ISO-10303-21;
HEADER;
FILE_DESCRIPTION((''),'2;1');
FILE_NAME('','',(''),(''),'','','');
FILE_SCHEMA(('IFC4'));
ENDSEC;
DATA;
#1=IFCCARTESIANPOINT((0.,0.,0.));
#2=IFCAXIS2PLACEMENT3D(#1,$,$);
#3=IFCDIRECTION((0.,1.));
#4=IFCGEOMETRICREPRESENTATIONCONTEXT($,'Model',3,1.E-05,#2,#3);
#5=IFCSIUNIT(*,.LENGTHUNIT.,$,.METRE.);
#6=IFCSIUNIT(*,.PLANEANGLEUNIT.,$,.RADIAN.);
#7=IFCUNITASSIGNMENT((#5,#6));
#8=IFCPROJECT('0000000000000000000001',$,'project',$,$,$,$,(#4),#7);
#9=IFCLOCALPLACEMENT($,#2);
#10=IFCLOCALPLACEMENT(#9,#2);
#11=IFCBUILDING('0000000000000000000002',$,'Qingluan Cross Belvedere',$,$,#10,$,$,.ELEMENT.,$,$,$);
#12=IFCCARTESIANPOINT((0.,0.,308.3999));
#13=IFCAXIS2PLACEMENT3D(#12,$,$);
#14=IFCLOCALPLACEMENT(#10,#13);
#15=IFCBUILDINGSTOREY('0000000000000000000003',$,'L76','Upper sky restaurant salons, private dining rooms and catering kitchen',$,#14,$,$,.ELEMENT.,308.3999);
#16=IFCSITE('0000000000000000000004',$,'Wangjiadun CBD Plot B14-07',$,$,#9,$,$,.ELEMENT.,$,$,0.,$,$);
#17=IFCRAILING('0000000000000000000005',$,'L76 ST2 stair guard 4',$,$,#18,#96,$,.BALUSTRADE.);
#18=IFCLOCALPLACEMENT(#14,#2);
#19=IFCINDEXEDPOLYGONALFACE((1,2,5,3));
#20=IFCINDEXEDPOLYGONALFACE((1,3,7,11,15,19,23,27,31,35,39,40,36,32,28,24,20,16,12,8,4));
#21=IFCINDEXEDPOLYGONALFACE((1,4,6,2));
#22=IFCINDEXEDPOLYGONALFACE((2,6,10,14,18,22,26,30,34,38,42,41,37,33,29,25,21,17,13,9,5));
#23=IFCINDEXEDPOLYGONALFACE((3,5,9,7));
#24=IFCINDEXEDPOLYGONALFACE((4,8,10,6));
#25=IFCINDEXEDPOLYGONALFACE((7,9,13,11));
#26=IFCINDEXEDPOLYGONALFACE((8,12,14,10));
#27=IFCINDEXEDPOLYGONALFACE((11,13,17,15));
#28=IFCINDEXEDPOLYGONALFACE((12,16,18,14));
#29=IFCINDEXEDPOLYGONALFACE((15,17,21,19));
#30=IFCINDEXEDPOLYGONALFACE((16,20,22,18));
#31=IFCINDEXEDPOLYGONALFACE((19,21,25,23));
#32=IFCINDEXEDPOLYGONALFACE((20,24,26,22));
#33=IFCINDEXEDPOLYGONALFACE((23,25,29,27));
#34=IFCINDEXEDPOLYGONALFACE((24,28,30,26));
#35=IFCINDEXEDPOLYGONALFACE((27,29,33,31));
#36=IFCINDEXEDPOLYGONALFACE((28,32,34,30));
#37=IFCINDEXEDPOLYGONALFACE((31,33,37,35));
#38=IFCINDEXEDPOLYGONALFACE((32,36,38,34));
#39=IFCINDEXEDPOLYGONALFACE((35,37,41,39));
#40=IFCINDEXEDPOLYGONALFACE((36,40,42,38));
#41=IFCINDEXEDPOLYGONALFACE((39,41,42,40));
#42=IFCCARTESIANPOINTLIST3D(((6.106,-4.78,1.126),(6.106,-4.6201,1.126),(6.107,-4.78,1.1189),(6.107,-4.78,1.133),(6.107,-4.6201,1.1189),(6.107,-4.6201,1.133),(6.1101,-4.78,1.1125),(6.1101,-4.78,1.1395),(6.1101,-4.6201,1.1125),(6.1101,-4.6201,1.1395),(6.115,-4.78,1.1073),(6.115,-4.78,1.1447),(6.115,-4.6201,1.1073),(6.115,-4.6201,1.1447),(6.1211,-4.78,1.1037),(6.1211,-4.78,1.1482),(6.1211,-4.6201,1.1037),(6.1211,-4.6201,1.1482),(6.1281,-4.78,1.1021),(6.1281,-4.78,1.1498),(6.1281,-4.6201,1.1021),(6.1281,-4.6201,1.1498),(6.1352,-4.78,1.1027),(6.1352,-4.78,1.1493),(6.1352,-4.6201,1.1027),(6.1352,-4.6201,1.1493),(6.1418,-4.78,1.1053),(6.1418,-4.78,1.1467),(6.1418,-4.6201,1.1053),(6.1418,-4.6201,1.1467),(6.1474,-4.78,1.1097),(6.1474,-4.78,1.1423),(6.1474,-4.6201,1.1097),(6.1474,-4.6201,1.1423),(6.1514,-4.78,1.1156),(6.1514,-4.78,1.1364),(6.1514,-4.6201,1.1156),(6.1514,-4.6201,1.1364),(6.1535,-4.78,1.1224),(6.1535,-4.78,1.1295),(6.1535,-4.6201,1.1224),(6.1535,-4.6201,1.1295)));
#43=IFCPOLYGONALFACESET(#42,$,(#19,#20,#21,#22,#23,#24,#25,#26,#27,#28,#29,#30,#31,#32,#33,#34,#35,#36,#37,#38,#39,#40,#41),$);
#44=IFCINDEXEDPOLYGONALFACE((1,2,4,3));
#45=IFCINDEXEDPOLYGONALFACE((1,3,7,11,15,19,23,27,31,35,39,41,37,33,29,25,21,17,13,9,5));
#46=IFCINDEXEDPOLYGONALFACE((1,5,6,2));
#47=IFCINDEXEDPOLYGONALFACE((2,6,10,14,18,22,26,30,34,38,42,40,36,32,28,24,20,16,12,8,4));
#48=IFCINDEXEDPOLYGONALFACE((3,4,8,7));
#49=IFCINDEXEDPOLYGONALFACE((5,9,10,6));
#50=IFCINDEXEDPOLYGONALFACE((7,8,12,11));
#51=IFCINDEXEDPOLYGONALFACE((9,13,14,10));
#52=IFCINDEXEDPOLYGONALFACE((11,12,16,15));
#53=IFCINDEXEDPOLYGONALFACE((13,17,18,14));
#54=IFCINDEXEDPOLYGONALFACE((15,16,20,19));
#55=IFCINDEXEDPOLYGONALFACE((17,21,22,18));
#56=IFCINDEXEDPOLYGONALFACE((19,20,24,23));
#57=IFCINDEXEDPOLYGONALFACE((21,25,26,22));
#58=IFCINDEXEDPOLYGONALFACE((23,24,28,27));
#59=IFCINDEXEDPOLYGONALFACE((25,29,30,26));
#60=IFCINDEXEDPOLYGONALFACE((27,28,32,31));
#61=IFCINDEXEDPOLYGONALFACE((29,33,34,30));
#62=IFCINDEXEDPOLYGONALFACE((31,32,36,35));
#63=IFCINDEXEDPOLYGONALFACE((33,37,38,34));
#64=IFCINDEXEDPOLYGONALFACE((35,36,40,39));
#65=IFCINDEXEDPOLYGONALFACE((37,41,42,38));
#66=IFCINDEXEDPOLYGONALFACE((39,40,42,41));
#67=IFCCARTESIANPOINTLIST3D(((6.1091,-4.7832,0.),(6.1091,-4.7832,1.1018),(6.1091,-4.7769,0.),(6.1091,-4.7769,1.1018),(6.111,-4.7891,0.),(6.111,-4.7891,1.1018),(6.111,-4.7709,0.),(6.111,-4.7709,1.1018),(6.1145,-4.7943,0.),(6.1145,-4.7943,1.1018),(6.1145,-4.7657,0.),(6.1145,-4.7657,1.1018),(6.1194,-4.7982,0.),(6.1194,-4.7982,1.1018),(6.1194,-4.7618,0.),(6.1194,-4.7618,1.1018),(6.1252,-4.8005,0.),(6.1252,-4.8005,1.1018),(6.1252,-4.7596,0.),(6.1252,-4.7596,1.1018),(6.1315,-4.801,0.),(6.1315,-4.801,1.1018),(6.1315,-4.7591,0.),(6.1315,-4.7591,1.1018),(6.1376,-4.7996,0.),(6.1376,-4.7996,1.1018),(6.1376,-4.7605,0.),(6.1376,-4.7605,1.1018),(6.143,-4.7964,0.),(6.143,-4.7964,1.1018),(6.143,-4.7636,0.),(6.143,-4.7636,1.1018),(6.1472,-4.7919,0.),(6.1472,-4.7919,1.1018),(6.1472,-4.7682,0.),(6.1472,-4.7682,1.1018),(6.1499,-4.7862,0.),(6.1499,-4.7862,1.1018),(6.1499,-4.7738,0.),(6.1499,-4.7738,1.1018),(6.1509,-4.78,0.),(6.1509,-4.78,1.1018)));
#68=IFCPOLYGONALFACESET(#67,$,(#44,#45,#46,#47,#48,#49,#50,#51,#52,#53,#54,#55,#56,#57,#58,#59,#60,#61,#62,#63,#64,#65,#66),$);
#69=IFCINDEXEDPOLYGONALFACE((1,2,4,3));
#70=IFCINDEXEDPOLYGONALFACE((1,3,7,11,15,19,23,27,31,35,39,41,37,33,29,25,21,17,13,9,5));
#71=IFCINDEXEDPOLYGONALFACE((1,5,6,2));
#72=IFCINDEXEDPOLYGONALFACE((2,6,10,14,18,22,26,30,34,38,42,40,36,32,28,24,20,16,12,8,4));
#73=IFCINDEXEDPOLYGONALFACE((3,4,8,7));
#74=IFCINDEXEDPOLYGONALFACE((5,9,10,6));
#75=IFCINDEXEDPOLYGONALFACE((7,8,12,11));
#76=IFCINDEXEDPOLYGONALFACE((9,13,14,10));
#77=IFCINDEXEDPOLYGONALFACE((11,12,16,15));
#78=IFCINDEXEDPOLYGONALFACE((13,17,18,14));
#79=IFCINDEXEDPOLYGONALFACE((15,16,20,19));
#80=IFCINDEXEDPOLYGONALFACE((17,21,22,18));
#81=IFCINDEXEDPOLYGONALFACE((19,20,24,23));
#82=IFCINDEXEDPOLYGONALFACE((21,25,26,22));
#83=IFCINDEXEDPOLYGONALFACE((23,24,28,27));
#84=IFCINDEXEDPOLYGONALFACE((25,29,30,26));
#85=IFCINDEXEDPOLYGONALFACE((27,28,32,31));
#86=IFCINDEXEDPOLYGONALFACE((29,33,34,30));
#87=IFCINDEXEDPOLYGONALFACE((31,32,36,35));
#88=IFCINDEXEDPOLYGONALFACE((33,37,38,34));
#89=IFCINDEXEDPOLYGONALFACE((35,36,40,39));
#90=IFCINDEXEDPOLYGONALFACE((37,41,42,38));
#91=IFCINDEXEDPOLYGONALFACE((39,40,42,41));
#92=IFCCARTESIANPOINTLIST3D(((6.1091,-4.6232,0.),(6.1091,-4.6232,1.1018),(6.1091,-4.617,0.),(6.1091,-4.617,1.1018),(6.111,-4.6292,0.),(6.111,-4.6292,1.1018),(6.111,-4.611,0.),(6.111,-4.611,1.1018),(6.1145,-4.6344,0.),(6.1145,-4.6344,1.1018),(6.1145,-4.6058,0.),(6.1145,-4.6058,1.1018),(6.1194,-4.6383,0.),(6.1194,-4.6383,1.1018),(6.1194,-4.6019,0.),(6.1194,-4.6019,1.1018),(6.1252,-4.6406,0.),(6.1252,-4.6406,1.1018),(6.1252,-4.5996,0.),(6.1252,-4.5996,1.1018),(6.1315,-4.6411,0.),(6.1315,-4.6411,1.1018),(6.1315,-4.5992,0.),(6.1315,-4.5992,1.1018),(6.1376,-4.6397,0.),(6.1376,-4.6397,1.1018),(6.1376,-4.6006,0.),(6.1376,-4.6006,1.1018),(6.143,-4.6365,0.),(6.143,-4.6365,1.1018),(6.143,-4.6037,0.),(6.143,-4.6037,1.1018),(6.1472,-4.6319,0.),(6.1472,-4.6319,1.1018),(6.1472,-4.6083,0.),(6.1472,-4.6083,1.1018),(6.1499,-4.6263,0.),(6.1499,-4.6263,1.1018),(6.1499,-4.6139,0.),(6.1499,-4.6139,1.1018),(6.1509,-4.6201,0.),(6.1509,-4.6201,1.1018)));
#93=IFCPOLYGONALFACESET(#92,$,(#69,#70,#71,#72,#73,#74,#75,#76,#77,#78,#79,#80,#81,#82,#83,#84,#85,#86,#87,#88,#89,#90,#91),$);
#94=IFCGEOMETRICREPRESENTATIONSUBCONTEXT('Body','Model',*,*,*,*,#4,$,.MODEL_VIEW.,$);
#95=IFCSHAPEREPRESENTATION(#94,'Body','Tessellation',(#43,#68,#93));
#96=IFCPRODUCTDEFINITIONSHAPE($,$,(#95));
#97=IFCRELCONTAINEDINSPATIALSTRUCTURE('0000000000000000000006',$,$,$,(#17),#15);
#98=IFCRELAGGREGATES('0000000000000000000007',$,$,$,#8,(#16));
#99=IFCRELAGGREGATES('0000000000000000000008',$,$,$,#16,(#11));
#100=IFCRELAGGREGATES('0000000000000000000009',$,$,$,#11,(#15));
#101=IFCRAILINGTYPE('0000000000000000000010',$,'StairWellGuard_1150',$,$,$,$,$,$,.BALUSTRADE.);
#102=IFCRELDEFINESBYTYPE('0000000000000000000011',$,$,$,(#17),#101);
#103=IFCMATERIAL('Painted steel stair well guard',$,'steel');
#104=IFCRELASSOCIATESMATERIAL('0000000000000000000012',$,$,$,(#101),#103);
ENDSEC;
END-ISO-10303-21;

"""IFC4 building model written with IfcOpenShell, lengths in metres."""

from ifc_helpers import new_model, si_unit, direction, frame, origin, origin_2d, place, context, subcontext, project, spatial, circle, extrude, material, type_object, element, save


model = new_model("IFC4")

# Units and contexts
model_context = context("Model", 3, precision=1e-05, world=origin(), true_north=direction((0.0, 1.0)))
body_context = subcontext(model_context, "Body", "Model", "MODEL_VIEW")
ifc_project = project(units=[si_unit("LENGTHUNIT", "METRE"), si_unit("PLANEANGLEUNIT", "RADIAN")], contexts=[model_context])

# Site, building, storey
site_placement = place(None, origin())
site = spatial("IfcSite", under=ifc_project, at=site_placement, Name="Wangjiadun CBD Plot B14-07", CompositionType="ELEMENT", RefElevation=0.0)
building_placement = place(site_placement, origin())
building = spatial("IfcBuilding", under=site, at=building_placement, Name="Qingluan Cross Belvedere", CompositionType="ELEMENT")
storey_placement = place(building_placement, frame((0.0, 0.0, 308.3999)))
storey = spatial("IfcBuildingStorey", under=building, at=storey_placement, Name="L76", Description="Upper sky restaurant salons, private dining rooms and catering kitchen", CompositionType="ELEMENT", Elevation=308.3999)

# Railing
ifc_material_1 = material(Name="Painted steel stair well guard", Category="steel")
railing_type_1 = type_object("IfcRailingType", Name="StairWellGuard_1150", PredefinedType="BALUSTRADE", material=ifc_material_1)
railing_1_placement = place(storey_placement, frame((6.1299, -4.78, 0.0)))
element("IfcRailing", 1, at=railing_1_placement, inside=storey, type_object=railing_type_1, Name="L76 ST2 stair guard 4", PredefinedType="BALUSTRADE", context=body_context, shape_type="SweptSolid", body=[
    extrude(circle(Radius=0.0239, at=origin_2d()), frame((0.0, 0.0, 1.126), z_axis=(0.0, 1.0, 0.0), x_axis=(-1.0, 0.0, 0.0)), (0.0, 0.0, 1.0), 0.1599),
    extrude(circle(Radius=0.021, at=origin_2d()), origin(), (0.0, 0.0, 1.0), 1.1018),
    extrude(circle(Radius=0.021, at=origin_2d()), frame((0.0, 0.1599, 0.0)), (0.0, 0.0, 1.0), 1.1018),
])

save(model, "model.ifc")
